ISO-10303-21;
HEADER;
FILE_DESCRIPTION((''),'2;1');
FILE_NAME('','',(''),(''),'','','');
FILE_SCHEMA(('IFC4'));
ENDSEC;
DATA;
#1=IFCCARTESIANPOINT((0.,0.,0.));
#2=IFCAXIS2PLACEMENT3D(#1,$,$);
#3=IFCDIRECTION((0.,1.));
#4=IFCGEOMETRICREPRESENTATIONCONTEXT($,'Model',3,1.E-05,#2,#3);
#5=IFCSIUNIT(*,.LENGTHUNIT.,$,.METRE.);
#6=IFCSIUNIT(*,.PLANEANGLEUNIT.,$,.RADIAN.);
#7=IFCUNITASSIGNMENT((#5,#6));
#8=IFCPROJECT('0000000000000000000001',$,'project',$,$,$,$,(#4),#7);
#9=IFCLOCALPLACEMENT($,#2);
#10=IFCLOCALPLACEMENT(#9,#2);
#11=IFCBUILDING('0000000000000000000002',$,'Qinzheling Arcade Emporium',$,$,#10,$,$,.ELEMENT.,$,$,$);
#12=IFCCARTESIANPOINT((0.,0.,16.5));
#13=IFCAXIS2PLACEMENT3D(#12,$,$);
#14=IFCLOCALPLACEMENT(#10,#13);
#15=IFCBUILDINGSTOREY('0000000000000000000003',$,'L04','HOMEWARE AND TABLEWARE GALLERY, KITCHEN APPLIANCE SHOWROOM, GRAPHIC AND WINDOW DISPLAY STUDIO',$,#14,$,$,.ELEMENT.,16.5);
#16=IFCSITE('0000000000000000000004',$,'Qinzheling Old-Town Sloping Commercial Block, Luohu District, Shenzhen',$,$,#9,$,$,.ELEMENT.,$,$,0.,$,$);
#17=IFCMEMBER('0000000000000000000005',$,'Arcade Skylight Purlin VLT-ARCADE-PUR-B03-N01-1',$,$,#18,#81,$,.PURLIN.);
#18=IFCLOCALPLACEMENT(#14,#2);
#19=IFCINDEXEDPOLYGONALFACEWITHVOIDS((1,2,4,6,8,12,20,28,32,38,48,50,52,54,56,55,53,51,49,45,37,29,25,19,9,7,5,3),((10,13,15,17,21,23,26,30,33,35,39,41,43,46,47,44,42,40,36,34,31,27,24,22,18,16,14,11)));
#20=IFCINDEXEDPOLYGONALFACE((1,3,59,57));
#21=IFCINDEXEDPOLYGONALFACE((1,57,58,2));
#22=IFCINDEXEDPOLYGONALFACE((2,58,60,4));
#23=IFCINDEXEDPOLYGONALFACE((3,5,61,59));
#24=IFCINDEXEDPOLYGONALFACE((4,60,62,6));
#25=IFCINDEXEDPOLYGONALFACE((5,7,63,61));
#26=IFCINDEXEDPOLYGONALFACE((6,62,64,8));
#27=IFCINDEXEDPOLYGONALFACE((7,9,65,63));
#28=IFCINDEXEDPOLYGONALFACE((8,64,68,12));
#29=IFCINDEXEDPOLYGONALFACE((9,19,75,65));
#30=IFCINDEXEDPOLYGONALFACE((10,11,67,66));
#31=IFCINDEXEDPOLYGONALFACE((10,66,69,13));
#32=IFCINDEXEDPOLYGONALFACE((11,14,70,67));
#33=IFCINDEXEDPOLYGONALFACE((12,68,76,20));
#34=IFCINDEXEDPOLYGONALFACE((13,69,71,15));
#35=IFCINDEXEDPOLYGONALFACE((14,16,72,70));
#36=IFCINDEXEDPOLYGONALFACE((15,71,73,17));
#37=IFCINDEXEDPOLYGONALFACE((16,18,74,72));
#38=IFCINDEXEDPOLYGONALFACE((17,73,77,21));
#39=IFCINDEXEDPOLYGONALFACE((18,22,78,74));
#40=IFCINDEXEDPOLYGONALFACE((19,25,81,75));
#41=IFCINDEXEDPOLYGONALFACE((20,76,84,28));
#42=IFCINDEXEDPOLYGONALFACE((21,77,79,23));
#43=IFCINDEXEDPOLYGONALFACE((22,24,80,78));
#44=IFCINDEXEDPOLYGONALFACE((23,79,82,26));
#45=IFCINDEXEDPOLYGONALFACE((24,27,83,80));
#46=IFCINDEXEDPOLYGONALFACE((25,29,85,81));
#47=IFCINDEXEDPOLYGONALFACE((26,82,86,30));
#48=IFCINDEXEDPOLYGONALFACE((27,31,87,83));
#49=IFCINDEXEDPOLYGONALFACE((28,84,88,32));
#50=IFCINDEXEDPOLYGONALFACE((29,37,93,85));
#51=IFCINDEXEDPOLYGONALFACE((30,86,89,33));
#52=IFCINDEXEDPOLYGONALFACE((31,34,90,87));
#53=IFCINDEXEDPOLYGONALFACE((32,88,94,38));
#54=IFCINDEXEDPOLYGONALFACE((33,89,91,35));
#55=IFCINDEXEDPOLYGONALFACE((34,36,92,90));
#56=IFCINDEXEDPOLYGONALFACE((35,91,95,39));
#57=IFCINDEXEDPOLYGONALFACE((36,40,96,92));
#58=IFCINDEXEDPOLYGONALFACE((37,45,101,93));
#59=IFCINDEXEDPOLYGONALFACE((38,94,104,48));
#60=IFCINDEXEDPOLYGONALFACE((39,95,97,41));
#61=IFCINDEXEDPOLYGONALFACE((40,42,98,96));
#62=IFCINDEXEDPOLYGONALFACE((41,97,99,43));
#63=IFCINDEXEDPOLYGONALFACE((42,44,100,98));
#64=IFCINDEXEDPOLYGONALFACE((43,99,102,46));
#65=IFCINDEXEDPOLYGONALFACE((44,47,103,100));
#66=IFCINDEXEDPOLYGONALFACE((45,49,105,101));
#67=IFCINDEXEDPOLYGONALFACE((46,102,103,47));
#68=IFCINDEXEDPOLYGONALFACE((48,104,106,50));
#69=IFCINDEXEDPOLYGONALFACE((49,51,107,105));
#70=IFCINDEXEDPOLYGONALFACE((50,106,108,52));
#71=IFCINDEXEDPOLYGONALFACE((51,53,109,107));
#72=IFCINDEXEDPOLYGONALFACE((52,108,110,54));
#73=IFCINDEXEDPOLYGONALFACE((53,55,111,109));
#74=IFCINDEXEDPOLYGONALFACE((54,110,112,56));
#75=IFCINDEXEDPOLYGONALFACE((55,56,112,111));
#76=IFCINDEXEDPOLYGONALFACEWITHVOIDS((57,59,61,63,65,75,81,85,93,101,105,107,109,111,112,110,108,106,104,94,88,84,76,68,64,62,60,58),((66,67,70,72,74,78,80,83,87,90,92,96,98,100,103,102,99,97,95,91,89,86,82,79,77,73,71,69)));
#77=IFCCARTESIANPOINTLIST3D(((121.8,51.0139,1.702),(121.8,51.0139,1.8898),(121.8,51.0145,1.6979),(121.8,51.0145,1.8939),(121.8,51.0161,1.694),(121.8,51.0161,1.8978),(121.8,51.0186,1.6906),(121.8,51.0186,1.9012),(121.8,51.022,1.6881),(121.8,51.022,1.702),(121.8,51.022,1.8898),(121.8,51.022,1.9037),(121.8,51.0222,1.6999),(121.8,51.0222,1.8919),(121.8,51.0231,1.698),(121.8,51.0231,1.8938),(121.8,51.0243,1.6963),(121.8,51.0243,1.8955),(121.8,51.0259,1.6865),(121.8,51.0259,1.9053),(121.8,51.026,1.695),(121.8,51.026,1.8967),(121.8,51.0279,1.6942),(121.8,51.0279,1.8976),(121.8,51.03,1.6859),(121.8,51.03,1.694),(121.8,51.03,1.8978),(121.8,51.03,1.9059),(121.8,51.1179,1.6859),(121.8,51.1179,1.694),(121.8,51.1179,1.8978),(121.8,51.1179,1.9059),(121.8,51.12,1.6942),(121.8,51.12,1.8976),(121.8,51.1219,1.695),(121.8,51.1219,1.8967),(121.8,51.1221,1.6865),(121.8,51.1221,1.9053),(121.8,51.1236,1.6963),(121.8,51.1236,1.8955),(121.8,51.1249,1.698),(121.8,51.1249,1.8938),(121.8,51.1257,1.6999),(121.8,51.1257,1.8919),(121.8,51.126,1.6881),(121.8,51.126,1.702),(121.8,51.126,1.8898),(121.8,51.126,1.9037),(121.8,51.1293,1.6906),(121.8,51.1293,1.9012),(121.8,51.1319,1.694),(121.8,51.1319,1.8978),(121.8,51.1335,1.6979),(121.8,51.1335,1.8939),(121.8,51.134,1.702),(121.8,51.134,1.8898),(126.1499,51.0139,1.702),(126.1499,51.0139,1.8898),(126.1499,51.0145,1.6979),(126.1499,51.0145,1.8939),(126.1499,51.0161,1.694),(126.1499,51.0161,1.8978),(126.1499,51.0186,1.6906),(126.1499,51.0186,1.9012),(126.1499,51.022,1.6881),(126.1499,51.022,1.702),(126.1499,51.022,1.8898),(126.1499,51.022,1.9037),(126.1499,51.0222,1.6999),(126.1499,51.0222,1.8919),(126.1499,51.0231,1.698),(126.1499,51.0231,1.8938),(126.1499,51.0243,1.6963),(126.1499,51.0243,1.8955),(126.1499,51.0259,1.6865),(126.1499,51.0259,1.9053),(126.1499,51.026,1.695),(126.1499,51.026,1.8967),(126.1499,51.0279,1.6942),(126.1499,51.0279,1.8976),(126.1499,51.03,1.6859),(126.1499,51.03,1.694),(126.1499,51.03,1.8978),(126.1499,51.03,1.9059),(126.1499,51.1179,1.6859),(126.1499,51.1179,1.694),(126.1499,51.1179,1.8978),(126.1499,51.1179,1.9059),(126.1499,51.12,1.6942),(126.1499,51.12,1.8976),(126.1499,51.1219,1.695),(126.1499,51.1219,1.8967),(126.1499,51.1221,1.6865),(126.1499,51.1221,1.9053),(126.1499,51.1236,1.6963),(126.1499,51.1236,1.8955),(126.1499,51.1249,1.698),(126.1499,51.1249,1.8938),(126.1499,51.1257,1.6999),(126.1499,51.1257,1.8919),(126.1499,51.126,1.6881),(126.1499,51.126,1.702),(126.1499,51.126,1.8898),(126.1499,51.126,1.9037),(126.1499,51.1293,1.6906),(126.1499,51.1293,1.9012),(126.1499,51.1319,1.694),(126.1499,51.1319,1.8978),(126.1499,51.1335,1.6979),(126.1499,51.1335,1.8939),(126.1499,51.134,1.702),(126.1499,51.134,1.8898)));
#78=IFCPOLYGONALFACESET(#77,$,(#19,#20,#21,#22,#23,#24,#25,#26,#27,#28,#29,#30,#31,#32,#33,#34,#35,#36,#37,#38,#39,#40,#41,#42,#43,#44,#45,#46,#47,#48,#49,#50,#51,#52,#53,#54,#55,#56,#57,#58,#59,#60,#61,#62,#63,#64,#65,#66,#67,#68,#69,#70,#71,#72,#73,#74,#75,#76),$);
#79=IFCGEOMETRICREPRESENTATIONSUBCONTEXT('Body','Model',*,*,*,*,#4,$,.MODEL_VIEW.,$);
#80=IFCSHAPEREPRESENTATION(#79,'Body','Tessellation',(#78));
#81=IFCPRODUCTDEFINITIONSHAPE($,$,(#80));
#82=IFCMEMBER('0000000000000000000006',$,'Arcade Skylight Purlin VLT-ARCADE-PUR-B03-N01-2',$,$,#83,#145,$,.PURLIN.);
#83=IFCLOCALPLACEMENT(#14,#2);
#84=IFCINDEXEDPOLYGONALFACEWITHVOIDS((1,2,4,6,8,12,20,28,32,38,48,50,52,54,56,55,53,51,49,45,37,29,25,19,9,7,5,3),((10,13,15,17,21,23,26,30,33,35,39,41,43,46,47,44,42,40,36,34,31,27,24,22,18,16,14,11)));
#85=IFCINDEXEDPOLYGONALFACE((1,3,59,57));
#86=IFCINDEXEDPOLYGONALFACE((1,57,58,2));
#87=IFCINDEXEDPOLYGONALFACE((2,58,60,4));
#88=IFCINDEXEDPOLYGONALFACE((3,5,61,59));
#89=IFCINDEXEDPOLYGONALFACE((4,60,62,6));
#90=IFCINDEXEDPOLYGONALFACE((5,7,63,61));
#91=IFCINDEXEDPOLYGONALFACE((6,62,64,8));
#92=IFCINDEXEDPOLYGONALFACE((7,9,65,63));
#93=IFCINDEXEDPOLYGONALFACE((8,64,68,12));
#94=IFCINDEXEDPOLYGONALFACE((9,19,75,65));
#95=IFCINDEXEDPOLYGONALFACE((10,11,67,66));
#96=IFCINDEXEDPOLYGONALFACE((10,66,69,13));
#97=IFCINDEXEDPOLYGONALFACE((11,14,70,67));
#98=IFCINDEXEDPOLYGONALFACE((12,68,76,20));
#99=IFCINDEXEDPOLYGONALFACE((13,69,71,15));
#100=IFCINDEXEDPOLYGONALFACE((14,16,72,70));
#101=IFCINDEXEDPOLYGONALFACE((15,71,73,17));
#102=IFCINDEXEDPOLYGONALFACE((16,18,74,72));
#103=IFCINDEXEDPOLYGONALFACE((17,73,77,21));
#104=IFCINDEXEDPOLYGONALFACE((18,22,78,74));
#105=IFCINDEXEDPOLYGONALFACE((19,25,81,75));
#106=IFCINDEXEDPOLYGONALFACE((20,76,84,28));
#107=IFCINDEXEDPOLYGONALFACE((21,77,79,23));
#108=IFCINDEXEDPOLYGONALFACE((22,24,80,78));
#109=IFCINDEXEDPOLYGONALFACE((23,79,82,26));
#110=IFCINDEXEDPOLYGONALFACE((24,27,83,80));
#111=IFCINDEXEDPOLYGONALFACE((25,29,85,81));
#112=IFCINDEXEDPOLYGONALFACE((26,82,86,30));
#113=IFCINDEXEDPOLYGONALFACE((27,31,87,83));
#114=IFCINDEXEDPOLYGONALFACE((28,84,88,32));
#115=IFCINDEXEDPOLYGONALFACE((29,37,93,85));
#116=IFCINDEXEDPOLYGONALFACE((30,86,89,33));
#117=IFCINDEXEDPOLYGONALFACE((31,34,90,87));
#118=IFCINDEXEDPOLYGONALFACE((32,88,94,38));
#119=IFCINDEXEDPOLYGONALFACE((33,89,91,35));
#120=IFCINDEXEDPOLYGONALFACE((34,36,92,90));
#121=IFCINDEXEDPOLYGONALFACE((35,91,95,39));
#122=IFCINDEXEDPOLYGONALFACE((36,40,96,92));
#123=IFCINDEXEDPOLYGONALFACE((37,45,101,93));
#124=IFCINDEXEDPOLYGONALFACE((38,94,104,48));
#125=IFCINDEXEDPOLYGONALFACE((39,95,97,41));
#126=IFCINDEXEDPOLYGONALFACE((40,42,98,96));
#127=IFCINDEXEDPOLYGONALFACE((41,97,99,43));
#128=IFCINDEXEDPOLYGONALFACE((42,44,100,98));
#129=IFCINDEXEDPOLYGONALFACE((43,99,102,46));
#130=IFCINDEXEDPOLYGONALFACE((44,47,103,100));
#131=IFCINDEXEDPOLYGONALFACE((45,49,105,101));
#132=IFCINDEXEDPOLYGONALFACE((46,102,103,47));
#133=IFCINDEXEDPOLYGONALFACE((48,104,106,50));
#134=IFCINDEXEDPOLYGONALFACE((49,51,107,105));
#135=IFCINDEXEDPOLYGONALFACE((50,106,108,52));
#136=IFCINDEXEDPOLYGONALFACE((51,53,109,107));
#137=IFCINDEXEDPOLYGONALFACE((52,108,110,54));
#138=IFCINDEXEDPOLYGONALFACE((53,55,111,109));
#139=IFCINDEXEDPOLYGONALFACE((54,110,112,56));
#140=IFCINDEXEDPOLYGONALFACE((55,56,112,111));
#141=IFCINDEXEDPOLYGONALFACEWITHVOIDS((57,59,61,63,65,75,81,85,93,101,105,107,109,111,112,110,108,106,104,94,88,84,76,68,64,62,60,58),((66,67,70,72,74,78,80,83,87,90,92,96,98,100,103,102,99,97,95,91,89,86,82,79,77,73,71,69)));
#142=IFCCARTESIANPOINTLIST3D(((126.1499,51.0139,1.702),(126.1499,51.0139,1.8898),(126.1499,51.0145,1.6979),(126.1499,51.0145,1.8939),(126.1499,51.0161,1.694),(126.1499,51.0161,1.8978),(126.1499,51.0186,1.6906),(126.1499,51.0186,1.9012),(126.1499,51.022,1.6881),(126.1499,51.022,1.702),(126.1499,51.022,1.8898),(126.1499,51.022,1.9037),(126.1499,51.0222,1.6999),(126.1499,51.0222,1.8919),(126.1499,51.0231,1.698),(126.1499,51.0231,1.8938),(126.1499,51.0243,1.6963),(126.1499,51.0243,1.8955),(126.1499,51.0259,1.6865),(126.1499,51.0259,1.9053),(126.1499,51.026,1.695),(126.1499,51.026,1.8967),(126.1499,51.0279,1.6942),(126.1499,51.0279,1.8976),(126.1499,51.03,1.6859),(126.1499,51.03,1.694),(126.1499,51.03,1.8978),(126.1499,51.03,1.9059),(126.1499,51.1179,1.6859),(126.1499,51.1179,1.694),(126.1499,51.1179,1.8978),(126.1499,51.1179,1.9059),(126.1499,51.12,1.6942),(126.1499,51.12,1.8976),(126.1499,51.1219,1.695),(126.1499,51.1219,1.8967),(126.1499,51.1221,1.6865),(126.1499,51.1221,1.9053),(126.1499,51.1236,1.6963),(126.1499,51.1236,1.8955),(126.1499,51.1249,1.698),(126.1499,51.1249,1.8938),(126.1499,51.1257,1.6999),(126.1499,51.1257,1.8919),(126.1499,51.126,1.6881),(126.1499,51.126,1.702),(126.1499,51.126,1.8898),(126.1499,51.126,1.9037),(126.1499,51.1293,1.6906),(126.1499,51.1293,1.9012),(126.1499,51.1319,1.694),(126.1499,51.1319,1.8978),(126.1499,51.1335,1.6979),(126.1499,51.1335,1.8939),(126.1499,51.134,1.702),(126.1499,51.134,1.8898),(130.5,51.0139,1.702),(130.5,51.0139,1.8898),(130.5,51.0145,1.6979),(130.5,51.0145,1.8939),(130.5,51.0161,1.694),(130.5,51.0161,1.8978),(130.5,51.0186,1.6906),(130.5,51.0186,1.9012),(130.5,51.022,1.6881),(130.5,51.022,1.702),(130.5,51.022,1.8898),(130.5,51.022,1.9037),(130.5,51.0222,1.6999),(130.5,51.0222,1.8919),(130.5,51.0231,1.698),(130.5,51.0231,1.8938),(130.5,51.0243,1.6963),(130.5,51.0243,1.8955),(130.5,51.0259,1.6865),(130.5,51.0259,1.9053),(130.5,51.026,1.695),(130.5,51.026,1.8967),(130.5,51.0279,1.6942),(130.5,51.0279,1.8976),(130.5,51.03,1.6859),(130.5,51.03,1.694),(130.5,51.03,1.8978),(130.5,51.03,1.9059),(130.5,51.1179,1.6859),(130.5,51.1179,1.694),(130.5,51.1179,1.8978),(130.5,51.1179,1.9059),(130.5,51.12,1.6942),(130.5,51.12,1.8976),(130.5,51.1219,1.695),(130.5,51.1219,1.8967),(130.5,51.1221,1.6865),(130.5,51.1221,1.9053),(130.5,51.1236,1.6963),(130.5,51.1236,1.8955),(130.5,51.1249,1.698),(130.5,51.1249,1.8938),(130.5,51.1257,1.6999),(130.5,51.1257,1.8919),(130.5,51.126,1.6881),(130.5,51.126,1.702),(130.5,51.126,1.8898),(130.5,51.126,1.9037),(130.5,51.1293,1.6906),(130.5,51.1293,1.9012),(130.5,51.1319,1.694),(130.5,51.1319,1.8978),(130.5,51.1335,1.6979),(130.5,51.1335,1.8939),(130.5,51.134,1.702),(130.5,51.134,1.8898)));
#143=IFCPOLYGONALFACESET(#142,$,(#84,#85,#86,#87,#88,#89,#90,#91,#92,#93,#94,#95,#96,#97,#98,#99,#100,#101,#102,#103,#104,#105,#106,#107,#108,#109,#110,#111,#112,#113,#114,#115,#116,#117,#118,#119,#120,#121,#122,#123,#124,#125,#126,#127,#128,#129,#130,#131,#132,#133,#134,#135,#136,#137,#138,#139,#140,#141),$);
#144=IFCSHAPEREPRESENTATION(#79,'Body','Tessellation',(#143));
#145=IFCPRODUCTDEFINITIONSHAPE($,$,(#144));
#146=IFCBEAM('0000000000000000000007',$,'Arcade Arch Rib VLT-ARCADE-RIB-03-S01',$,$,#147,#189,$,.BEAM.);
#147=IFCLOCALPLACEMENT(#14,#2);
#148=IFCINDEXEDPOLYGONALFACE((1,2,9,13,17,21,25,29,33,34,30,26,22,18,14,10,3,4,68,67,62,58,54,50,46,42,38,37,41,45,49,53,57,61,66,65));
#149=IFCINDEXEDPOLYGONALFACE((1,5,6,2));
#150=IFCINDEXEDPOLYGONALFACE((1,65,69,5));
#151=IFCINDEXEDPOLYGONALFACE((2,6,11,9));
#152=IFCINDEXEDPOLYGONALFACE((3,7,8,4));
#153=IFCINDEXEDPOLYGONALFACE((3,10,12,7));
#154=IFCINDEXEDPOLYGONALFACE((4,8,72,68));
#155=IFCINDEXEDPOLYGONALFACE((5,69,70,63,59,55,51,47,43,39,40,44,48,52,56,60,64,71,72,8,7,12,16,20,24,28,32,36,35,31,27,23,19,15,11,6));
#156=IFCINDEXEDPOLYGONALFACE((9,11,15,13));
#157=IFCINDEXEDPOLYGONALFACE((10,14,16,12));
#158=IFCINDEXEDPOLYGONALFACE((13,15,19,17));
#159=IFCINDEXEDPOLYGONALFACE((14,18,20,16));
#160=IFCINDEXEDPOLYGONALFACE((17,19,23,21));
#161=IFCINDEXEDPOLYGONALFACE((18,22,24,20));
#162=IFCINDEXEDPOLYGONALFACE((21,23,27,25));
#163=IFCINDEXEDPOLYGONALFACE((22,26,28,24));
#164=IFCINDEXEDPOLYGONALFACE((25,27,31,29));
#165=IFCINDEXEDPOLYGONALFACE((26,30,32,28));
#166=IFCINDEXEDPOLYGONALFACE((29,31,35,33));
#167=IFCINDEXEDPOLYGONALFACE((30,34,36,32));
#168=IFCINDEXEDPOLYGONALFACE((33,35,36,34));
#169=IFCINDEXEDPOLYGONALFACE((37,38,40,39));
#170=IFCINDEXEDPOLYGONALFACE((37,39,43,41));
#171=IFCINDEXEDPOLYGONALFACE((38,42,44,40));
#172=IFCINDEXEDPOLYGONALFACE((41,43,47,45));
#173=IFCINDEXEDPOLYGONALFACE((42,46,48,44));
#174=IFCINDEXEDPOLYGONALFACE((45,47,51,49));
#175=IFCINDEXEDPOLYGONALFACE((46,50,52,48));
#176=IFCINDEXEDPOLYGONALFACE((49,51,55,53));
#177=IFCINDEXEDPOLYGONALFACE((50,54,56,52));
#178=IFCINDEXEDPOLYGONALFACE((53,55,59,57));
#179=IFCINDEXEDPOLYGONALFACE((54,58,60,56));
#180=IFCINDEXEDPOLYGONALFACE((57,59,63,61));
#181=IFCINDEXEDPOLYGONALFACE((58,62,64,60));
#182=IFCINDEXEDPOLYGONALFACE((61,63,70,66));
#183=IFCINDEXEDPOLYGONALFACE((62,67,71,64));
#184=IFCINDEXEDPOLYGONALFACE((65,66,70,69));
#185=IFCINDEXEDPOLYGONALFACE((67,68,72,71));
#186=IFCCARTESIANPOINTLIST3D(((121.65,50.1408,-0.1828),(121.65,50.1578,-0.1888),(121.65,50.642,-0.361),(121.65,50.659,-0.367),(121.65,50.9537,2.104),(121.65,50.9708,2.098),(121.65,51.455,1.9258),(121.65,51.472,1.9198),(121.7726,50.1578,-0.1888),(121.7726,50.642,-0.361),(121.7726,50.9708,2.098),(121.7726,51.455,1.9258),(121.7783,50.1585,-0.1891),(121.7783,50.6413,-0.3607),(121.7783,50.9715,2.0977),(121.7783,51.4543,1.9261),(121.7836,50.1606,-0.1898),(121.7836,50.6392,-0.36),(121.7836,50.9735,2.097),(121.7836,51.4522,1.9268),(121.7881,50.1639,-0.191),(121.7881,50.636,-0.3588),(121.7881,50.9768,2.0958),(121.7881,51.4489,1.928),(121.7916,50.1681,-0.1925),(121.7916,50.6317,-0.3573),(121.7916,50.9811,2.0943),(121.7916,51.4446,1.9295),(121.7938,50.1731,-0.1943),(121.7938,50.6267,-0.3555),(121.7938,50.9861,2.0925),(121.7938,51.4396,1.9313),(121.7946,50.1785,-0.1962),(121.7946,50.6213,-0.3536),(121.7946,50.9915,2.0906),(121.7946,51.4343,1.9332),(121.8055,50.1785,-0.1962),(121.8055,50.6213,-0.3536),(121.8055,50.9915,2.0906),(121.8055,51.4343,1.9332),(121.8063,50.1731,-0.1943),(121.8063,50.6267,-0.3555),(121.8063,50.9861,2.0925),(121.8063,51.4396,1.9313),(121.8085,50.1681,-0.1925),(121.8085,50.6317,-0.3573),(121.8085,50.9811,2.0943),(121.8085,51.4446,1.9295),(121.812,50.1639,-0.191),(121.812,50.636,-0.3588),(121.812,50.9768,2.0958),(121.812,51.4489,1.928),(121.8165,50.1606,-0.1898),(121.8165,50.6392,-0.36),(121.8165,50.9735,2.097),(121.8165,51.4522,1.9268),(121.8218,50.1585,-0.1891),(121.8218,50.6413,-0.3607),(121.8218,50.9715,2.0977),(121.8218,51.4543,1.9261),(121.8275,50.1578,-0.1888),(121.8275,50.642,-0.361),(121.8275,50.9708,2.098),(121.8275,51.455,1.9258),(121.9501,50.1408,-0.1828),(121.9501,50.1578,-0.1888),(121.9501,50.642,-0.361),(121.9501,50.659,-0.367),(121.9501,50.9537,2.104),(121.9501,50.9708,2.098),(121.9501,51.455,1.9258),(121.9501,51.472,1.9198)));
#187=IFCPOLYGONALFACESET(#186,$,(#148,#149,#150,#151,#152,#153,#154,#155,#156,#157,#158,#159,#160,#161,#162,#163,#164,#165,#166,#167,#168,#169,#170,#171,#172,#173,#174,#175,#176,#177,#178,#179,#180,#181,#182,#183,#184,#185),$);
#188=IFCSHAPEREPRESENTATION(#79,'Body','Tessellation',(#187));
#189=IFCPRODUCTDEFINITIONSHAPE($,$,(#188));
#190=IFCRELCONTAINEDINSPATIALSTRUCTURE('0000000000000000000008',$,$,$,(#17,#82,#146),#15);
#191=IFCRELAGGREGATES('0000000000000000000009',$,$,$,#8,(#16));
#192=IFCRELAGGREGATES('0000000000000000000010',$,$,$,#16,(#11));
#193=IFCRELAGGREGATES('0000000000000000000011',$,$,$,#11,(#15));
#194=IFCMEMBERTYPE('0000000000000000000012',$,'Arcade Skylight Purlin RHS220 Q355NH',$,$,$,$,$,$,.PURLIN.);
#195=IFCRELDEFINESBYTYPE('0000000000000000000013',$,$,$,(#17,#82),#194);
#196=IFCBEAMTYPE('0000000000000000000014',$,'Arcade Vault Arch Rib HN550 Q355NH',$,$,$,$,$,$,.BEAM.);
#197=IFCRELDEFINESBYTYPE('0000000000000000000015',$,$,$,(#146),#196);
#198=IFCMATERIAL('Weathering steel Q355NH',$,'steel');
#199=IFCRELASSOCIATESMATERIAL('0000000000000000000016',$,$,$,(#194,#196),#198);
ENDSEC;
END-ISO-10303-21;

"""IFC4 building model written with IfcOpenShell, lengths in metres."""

from ifc_helpers import new_model, si_unit, direction, frame, origin, origin_2d, place, context, subcontext, project, spatial, hollow_rectangle, i_section, extrude, material, material_profile, profile_set, type_object, element, save


model = new_model("IFC4")

# Units and contexts
model_context = context("Model", 3, precision=1e-05, world=origin(), true_north=direction((0.0, 1.0)))
body_context = subcontext(model_context, "Body", "Model", "MODEL_VIEW")
ifc_project = project(units=[si_unit("LENGTHUNIT", "METRE"), si_unit("PLANEANGLEUNIT", "RADIAN")], contexts=[model_context])

# Site, building, storey
site_placement = place(None, origin())
site = spatial("IfcSite", under=ifc_project, at=site_placement, Name="Qinzheling Old-Town Sloping Commercial Block, Luohu District, Shenzhen", CompositionType="ELEMENT", RefElevation=0.0)
building_placement = place(site_placement, origin())
building = spatial("IfcBuilding", under=site, at=building_placement, Name="Qinzheling Arcade Emporium", CompositionType="ELEMENT")
storey_placement = place(building_placement, frame((0.0, 0.0, 16.5)))
storey = spatial("IfcBuildingStorey", under=building, at=storey_placement, Name="L04", Description="HOMEWARE AND TABLEWARE GALLERY, KITCHEN APPLIANCE SHOWROOM, GRAPHIC AND WINDOW DISPLAY STUDIO", CompositionType="ELEMENT", Elevation=16.5)

# Shared definitions
ifc_material_1 = material(Name="Weathering steel Q355NH", Category="steel")

# Members
ifc_material_profile_1 = material_profile(ifc_material_1, hollow_rectangle(XDim=0.1201, YDim=0.22, WallThickness=0.0081, InnerFilletRadius=0.0081, OuterFilletRadius=0.0161, at=origin_2d()), Name="RHS 220x120x8", Category="steel")
ifc_profile_set_1 = profile_set([ifc_material_profile_1], Name="Weathering steel Q355NH")
member_type_1 = type_object("IfcMemberType", Name="Arcade Skylight Purlin RHS220 Q355NH", PredefinedType="PURLIN", material=ifc_profile_set_1)
member_1_placement = place(storey_placement, frame((121.8, 51.074, 1.7959), z_axis=(1.0, 0.0, 0.0), x_axis=(0.0, 1.0, 0.0)))
element("IfcMember", 1, at=member_1_placement, inside=storey, type_object=member_type_1, Name="Arcade Skylight Purlin VLT-ARCADE-PUR-B03-N01-1", PredefinedType="PURLIN", context=body_context, shape_type="SweptSolid", body=[
    extrude(hollow_rectangle(XDim=0.1201, YDim=0.22, WallThickness=0.0081, InnerFilletRadius=0.0081, OuterFilletRadius=0.0161, at=origin_2d()), origin(), (0.0, 0.0, 1.0), 4.3499),
])
member_2_placement = place(storey_placement, frame((126.1499, 51.074, 1.7959), z_axis=(1.0, 0.0, 0.0), x_axis=(0.0, 1.0, 0.0)))
element("IfcMember", 2, at=member_2_placement, inside=storey, type_object=member_type_1, Name="Arcade Skylight Purlin VLT-ARCADE-PUR-B03-N01-2", PredefinedType="PURLIN", context=body_context, shape_type="SweptSolid", body=[
    extrude(hollow_rectangle(XDim=0.1201, YDim=0.22, WallThickness=0.0081, InnerFilletRadius=0.0081, OuterFilletRadius=0.0161, at=origin_2d()), origin(), (0.0, 0.0, 1.0), 4.3501),
])

# Beam
ifc_material_profile_2 = material_profile(ifc_material_1, i_section(OverallWidth=0.3, OverallDepth=0.55, WebThickness=0.011, FlangeThickness=0.0181, FilletRadius=0.022, at=origin_2d()), Name="HN 550x300x11x18", Category="steel")
ifc_profile_set_2 = profile_set([ifc_material_profile_2], Name="Weathering steel Q355NH")
beam_type_1 = type_object("IfcBeamType", Name="Arcade Vault Arch Rib HN550 Q355NH", PredefinedType="BEAM", material=ifc_profile_set_2)
beam_1_placement = place(storey_placement, frame((121.8, 50.3999, -0.2749), z_axis=(0.0, 0.334966, 0.94223), x_axis=(-1.0, 0.0, 0.0)))
element("IfcBeam", 3, at=beam_1_placement, inside=storey, type_object=beam_type_1, Name="Arcade Arch Rib VLT-ARCADE-RIB-03-S01", PredefinedType="BEAM", context=body_context, shape_type="SweptSolid", body=[
    extrude(i_section(OverallWidth=0.3, OverallDepth=0.55, WebThickness=0.011, FlangeThickness=0.0181, FilletRadius=0.022, at=origin_2d()), origin(), (0.0, 0.0, 1.0), 2.427),
])

save(model, "model.ifc")
